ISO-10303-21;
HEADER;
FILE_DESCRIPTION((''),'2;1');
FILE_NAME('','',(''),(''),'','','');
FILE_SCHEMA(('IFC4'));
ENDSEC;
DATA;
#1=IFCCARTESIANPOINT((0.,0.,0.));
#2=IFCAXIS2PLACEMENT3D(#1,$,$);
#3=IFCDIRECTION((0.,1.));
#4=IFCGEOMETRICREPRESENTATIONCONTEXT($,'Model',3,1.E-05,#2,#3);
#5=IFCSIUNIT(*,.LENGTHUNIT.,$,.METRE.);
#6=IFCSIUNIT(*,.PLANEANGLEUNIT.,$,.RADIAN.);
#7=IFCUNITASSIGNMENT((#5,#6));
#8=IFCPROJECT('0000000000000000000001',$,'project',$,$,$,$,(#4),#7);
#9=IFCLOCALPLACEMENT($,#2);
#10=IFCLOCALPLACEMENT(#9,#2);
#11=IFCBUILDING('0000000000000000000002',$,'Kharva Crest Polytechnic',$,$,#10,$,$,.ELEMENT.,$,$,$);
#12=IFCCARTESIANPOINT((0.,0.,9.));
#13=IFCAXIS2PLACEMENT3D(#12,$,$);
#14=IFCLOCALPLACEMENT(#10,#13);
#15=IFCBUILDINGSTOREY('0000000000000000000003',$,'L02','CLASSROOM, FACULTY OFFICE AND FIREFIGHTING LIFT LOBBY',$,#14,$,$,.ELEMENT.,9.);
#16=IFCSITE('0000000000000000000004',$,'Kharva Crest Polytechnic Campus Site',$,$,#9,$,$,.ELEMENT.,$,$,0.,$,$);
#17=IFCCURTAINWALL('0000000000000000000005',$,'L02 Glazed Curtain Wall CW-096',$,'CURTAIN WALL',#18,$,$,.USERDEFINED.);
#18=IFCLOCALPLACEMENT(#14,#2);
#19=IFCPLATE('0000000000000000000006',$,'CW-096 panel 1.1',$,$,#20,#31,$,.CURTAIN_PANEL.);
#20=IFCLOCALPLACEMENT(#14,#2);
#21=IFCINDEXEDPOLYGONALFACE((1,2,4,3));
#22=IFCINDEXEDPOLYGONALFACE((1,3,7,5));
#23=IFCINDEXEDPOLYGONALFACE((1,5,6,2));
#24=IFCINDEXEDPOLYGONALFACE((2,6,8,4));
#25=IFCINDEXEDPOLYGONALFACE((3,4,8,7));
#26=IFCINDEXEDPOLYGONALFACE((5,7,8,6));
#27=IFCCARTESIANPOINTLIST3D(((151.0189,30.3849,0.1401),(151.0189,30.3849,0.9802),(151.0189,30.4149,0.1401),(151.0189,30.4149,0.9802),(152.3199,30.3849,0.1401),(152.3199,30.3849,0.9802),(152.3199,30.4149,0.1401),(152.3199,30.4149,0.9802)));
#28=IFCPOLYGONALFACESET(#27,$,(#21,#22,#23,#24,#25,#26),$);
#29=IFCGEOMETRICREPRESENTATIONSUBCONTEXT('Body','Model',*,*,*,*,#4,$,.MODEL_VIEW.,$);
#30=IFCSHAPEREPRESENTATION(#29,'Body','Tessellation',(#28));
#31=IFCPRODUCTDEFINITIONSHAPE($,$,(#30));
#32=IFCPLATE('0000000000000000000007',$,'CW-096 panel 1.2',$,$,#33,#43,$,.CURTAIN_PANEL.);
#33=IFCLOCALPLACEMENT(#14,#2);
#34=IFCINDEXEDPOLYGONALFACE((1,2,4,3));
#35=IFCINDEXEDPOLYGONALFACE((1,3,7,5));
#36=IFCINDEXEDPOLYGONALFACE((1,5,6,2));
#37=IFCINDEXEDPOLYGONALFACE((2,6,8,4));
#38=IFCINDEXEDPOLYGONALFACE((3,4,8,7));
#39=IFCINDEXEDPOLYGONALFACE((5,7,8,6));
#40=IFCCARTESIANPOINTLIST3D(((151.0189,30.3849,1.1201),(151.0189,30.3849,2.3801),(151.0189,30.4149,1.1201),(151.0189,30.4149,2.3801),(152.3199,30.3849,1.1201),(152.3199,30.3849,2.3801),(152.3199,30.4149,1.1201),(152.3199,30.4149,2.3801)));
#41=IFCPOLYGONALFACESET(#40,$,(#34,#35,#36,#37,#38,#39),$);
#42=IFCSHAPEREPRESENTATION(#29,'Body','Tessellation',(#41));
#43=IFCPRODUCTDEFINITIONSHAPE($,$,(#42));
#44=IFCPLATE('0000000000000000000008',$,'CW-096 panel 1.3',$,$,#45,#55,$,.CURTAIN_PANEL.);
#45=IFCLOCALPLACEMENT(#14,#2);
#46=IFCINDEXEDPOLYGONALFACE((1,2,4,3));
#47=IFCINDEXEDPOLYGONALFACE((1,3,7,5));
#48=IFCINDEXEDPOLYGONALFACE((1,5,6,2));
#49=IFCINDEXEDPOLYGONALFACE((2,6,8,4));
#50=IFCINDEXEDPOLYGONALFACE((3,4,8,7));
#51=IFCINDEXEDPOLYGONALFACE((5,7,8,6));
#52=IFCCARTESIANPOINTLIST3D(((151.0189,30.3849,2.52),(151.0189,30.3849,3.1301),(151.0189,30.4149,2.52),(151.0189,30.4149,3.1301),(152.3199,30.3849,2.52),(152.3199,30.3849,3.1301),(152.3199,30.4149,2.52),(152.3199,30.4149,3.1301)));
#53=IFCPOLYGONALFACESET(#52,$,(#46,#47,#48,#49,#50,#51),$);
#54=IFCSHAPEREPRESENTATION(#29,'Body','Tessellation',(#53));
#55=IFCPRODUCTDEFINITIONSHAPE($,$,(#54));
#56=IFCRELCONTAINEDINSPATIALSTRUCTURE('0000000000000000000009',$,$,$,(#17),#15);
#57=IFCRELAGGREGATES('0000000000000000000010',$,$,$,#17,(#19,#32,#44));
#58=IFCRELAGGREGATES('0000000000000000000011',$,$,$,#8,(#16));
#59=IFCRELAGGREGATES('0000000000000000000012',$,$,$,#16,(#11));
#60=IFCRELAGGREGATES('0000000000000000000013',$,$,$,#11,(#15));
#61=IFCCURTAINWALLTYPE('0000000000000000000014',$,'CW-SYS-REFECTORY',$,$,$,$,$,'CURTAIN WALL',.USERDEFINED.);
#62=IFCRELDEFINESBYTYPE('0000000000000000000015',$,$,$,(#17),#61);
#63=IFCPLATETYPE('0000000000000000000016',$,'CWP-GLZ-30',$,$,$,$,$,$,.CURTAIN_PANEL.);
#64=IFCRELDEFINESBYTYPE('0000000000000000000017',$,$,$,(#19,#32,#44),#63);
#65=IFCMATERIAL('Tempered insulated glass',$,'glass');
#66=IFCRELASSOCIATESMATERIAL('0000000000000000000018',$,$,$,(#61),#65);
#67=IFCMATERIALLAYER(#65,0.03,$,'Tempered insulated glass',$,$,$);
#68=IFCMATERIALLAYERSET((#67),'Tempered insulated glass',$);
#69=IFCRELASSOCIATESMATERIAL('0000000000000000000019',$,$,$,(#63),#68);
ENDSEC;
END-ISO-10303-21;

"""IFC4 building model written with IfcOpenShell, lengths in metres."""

from ifc_helpers import new_model, si_unit, direction, frame, origin, origin_2d, place, context, subcontext, project, spatial, rectangle, extrude, material, layer, layer_set, type_object, element, aggregate, save


model = new_model("IFC4")

# Units and contexts
model_context = context("Model", 3, precision=1e-05, world=origin(), true_north=direction((0.0, 1.0)))
body_context = subcontext(model_context, "Body", "Model", "MODEL_VIEW")
ifc_project = project(units=[si_unit("LENGTHUNIT", "METRE"), si_unit("PLANEANGLEUNIT", "RADIAN")], contexts=[model_context])

# Site, building, storey
site_placement = place(None, origin())
site = spatial("IfcSite", under=ifc_project, at=site_placement, Name="Kharva Crest Polytechnic Campus Site", CompositionType="ELEMENT", RefElevation=0.0)
building_placement = place(site_placement, origin())
building = spatial("IfcBuilding", under=site, at=building_placement, Name="Kharva Crest Polytechnic", CompositionType="ELEMENT")
storey_placement = place(building_placement, frame((0.0, 0.0, 9.0)))
storey = spatial("IfcBuildingStorey", under=building, at=storey_placement, Name="L02", Description="CLASSROOM, FACULTY OFFICE AND FIREFIGHTING LIFT LOBBY", CompositionType="ELEMENT", Elevation=9.0)

# Curtain wall
ifc_material_1 = material(Name="Tempered insulated glass", Category="glass")
curtain_wall_type_1 = type_object("IfcCurtainWallType", Name="CW-SYS-REFECTORY", ElementType="CURTAIN WALL", PredefinedType="USERDEFINED", material=ifc_material_1)
curtain_wall_1_placement = place(storey_placement, origin())
curtain_wall_1 = element("IfcCurtainWall", 1, at=curtain_wall_1_placement, inside=storey, type_object=curtain_wall_type_1, Name="L02 Glazed Curtain Wall CW-096", ObjectType="CURTAIN WALL", PredefinedType="USERDEFINED")

# Plates
ifc_layer_1 = layer(ifc_material_1, 0.03, Name="Tempered insulated glass")
ifc_layer_set_1 = layer_set([ifc_layer_1], Name="Tempered insulated glass")
plate_type_1 = type_object("IfcPlateType", Name="CWP-GLZ-30", PredefinedType="CURTAIN_PANEL", material=ifc_layer_set_1)
plate_1_placement = place(storey_placement, frame((151.6694, 30.3999, 0.1401), z_axis=(0.0, 0.0, 1.0), x_axis=(-1.0, 0.0, 0.0)))
plate_1 = element("IfcPlate", 2, at=plate_1_placement, type_object=plate_type_1, Name="CW-096 panel 1.1", PredefinedType="CURTAIN_PANEL", context=body_context, shape_type="SweptSolid", body=[
    extrude(rectangle(XDim=1.301, YDim=0.03, at=origin_2d()), origin(), (0.0, 0.0, 1.0), 0.8401),
])
plate_2_placement = place(storey_placement, frame((151.6694, 30.3999, 1.1201), z_axis=(0.0, 0.0, 1.0), x_axis=(-1.0, 0.0, 0.0)))
plate_2 = element("IfcPlate", 3, at=plate_2_placement, type_object=plate_type_1, Name="CW-096 panel 1.2", PredefinedType="CURTAIN_PANEL", context=body_context, shape_type="SweptSolid", body=[
    extrude(rectangle(XDim=1.301, YDim=0.03, at=origin_2d()), origin(), (0.0, 0.0, 1.0), 1.26),
])
plate_3_placement = place(storey_placement, frame((151.6694, 30.3999, 2.52), z_axis=(0.0, 0.0, 1.0), x_axis=(-1.0, 0.0, 0.0)))
plate_3 = element("IfcPlate", 4, at=plate_3_placement, type_object=plate_type_1, Name="CW-096 panel 1.3", PredefinedType="CURTAIN_PANEL", context=body_context, shape_type="SweptSolid", body=[
    extrude(rectangle(XDim=1.301, YDim=0.03, at=origin_2d()), origin(), (0.0, 0.0, 1.0), 0.6101),
])
aggregate(curtain_wall_1, [plate_1, plate_2, plate_3])

save(model, "model.ifc")
